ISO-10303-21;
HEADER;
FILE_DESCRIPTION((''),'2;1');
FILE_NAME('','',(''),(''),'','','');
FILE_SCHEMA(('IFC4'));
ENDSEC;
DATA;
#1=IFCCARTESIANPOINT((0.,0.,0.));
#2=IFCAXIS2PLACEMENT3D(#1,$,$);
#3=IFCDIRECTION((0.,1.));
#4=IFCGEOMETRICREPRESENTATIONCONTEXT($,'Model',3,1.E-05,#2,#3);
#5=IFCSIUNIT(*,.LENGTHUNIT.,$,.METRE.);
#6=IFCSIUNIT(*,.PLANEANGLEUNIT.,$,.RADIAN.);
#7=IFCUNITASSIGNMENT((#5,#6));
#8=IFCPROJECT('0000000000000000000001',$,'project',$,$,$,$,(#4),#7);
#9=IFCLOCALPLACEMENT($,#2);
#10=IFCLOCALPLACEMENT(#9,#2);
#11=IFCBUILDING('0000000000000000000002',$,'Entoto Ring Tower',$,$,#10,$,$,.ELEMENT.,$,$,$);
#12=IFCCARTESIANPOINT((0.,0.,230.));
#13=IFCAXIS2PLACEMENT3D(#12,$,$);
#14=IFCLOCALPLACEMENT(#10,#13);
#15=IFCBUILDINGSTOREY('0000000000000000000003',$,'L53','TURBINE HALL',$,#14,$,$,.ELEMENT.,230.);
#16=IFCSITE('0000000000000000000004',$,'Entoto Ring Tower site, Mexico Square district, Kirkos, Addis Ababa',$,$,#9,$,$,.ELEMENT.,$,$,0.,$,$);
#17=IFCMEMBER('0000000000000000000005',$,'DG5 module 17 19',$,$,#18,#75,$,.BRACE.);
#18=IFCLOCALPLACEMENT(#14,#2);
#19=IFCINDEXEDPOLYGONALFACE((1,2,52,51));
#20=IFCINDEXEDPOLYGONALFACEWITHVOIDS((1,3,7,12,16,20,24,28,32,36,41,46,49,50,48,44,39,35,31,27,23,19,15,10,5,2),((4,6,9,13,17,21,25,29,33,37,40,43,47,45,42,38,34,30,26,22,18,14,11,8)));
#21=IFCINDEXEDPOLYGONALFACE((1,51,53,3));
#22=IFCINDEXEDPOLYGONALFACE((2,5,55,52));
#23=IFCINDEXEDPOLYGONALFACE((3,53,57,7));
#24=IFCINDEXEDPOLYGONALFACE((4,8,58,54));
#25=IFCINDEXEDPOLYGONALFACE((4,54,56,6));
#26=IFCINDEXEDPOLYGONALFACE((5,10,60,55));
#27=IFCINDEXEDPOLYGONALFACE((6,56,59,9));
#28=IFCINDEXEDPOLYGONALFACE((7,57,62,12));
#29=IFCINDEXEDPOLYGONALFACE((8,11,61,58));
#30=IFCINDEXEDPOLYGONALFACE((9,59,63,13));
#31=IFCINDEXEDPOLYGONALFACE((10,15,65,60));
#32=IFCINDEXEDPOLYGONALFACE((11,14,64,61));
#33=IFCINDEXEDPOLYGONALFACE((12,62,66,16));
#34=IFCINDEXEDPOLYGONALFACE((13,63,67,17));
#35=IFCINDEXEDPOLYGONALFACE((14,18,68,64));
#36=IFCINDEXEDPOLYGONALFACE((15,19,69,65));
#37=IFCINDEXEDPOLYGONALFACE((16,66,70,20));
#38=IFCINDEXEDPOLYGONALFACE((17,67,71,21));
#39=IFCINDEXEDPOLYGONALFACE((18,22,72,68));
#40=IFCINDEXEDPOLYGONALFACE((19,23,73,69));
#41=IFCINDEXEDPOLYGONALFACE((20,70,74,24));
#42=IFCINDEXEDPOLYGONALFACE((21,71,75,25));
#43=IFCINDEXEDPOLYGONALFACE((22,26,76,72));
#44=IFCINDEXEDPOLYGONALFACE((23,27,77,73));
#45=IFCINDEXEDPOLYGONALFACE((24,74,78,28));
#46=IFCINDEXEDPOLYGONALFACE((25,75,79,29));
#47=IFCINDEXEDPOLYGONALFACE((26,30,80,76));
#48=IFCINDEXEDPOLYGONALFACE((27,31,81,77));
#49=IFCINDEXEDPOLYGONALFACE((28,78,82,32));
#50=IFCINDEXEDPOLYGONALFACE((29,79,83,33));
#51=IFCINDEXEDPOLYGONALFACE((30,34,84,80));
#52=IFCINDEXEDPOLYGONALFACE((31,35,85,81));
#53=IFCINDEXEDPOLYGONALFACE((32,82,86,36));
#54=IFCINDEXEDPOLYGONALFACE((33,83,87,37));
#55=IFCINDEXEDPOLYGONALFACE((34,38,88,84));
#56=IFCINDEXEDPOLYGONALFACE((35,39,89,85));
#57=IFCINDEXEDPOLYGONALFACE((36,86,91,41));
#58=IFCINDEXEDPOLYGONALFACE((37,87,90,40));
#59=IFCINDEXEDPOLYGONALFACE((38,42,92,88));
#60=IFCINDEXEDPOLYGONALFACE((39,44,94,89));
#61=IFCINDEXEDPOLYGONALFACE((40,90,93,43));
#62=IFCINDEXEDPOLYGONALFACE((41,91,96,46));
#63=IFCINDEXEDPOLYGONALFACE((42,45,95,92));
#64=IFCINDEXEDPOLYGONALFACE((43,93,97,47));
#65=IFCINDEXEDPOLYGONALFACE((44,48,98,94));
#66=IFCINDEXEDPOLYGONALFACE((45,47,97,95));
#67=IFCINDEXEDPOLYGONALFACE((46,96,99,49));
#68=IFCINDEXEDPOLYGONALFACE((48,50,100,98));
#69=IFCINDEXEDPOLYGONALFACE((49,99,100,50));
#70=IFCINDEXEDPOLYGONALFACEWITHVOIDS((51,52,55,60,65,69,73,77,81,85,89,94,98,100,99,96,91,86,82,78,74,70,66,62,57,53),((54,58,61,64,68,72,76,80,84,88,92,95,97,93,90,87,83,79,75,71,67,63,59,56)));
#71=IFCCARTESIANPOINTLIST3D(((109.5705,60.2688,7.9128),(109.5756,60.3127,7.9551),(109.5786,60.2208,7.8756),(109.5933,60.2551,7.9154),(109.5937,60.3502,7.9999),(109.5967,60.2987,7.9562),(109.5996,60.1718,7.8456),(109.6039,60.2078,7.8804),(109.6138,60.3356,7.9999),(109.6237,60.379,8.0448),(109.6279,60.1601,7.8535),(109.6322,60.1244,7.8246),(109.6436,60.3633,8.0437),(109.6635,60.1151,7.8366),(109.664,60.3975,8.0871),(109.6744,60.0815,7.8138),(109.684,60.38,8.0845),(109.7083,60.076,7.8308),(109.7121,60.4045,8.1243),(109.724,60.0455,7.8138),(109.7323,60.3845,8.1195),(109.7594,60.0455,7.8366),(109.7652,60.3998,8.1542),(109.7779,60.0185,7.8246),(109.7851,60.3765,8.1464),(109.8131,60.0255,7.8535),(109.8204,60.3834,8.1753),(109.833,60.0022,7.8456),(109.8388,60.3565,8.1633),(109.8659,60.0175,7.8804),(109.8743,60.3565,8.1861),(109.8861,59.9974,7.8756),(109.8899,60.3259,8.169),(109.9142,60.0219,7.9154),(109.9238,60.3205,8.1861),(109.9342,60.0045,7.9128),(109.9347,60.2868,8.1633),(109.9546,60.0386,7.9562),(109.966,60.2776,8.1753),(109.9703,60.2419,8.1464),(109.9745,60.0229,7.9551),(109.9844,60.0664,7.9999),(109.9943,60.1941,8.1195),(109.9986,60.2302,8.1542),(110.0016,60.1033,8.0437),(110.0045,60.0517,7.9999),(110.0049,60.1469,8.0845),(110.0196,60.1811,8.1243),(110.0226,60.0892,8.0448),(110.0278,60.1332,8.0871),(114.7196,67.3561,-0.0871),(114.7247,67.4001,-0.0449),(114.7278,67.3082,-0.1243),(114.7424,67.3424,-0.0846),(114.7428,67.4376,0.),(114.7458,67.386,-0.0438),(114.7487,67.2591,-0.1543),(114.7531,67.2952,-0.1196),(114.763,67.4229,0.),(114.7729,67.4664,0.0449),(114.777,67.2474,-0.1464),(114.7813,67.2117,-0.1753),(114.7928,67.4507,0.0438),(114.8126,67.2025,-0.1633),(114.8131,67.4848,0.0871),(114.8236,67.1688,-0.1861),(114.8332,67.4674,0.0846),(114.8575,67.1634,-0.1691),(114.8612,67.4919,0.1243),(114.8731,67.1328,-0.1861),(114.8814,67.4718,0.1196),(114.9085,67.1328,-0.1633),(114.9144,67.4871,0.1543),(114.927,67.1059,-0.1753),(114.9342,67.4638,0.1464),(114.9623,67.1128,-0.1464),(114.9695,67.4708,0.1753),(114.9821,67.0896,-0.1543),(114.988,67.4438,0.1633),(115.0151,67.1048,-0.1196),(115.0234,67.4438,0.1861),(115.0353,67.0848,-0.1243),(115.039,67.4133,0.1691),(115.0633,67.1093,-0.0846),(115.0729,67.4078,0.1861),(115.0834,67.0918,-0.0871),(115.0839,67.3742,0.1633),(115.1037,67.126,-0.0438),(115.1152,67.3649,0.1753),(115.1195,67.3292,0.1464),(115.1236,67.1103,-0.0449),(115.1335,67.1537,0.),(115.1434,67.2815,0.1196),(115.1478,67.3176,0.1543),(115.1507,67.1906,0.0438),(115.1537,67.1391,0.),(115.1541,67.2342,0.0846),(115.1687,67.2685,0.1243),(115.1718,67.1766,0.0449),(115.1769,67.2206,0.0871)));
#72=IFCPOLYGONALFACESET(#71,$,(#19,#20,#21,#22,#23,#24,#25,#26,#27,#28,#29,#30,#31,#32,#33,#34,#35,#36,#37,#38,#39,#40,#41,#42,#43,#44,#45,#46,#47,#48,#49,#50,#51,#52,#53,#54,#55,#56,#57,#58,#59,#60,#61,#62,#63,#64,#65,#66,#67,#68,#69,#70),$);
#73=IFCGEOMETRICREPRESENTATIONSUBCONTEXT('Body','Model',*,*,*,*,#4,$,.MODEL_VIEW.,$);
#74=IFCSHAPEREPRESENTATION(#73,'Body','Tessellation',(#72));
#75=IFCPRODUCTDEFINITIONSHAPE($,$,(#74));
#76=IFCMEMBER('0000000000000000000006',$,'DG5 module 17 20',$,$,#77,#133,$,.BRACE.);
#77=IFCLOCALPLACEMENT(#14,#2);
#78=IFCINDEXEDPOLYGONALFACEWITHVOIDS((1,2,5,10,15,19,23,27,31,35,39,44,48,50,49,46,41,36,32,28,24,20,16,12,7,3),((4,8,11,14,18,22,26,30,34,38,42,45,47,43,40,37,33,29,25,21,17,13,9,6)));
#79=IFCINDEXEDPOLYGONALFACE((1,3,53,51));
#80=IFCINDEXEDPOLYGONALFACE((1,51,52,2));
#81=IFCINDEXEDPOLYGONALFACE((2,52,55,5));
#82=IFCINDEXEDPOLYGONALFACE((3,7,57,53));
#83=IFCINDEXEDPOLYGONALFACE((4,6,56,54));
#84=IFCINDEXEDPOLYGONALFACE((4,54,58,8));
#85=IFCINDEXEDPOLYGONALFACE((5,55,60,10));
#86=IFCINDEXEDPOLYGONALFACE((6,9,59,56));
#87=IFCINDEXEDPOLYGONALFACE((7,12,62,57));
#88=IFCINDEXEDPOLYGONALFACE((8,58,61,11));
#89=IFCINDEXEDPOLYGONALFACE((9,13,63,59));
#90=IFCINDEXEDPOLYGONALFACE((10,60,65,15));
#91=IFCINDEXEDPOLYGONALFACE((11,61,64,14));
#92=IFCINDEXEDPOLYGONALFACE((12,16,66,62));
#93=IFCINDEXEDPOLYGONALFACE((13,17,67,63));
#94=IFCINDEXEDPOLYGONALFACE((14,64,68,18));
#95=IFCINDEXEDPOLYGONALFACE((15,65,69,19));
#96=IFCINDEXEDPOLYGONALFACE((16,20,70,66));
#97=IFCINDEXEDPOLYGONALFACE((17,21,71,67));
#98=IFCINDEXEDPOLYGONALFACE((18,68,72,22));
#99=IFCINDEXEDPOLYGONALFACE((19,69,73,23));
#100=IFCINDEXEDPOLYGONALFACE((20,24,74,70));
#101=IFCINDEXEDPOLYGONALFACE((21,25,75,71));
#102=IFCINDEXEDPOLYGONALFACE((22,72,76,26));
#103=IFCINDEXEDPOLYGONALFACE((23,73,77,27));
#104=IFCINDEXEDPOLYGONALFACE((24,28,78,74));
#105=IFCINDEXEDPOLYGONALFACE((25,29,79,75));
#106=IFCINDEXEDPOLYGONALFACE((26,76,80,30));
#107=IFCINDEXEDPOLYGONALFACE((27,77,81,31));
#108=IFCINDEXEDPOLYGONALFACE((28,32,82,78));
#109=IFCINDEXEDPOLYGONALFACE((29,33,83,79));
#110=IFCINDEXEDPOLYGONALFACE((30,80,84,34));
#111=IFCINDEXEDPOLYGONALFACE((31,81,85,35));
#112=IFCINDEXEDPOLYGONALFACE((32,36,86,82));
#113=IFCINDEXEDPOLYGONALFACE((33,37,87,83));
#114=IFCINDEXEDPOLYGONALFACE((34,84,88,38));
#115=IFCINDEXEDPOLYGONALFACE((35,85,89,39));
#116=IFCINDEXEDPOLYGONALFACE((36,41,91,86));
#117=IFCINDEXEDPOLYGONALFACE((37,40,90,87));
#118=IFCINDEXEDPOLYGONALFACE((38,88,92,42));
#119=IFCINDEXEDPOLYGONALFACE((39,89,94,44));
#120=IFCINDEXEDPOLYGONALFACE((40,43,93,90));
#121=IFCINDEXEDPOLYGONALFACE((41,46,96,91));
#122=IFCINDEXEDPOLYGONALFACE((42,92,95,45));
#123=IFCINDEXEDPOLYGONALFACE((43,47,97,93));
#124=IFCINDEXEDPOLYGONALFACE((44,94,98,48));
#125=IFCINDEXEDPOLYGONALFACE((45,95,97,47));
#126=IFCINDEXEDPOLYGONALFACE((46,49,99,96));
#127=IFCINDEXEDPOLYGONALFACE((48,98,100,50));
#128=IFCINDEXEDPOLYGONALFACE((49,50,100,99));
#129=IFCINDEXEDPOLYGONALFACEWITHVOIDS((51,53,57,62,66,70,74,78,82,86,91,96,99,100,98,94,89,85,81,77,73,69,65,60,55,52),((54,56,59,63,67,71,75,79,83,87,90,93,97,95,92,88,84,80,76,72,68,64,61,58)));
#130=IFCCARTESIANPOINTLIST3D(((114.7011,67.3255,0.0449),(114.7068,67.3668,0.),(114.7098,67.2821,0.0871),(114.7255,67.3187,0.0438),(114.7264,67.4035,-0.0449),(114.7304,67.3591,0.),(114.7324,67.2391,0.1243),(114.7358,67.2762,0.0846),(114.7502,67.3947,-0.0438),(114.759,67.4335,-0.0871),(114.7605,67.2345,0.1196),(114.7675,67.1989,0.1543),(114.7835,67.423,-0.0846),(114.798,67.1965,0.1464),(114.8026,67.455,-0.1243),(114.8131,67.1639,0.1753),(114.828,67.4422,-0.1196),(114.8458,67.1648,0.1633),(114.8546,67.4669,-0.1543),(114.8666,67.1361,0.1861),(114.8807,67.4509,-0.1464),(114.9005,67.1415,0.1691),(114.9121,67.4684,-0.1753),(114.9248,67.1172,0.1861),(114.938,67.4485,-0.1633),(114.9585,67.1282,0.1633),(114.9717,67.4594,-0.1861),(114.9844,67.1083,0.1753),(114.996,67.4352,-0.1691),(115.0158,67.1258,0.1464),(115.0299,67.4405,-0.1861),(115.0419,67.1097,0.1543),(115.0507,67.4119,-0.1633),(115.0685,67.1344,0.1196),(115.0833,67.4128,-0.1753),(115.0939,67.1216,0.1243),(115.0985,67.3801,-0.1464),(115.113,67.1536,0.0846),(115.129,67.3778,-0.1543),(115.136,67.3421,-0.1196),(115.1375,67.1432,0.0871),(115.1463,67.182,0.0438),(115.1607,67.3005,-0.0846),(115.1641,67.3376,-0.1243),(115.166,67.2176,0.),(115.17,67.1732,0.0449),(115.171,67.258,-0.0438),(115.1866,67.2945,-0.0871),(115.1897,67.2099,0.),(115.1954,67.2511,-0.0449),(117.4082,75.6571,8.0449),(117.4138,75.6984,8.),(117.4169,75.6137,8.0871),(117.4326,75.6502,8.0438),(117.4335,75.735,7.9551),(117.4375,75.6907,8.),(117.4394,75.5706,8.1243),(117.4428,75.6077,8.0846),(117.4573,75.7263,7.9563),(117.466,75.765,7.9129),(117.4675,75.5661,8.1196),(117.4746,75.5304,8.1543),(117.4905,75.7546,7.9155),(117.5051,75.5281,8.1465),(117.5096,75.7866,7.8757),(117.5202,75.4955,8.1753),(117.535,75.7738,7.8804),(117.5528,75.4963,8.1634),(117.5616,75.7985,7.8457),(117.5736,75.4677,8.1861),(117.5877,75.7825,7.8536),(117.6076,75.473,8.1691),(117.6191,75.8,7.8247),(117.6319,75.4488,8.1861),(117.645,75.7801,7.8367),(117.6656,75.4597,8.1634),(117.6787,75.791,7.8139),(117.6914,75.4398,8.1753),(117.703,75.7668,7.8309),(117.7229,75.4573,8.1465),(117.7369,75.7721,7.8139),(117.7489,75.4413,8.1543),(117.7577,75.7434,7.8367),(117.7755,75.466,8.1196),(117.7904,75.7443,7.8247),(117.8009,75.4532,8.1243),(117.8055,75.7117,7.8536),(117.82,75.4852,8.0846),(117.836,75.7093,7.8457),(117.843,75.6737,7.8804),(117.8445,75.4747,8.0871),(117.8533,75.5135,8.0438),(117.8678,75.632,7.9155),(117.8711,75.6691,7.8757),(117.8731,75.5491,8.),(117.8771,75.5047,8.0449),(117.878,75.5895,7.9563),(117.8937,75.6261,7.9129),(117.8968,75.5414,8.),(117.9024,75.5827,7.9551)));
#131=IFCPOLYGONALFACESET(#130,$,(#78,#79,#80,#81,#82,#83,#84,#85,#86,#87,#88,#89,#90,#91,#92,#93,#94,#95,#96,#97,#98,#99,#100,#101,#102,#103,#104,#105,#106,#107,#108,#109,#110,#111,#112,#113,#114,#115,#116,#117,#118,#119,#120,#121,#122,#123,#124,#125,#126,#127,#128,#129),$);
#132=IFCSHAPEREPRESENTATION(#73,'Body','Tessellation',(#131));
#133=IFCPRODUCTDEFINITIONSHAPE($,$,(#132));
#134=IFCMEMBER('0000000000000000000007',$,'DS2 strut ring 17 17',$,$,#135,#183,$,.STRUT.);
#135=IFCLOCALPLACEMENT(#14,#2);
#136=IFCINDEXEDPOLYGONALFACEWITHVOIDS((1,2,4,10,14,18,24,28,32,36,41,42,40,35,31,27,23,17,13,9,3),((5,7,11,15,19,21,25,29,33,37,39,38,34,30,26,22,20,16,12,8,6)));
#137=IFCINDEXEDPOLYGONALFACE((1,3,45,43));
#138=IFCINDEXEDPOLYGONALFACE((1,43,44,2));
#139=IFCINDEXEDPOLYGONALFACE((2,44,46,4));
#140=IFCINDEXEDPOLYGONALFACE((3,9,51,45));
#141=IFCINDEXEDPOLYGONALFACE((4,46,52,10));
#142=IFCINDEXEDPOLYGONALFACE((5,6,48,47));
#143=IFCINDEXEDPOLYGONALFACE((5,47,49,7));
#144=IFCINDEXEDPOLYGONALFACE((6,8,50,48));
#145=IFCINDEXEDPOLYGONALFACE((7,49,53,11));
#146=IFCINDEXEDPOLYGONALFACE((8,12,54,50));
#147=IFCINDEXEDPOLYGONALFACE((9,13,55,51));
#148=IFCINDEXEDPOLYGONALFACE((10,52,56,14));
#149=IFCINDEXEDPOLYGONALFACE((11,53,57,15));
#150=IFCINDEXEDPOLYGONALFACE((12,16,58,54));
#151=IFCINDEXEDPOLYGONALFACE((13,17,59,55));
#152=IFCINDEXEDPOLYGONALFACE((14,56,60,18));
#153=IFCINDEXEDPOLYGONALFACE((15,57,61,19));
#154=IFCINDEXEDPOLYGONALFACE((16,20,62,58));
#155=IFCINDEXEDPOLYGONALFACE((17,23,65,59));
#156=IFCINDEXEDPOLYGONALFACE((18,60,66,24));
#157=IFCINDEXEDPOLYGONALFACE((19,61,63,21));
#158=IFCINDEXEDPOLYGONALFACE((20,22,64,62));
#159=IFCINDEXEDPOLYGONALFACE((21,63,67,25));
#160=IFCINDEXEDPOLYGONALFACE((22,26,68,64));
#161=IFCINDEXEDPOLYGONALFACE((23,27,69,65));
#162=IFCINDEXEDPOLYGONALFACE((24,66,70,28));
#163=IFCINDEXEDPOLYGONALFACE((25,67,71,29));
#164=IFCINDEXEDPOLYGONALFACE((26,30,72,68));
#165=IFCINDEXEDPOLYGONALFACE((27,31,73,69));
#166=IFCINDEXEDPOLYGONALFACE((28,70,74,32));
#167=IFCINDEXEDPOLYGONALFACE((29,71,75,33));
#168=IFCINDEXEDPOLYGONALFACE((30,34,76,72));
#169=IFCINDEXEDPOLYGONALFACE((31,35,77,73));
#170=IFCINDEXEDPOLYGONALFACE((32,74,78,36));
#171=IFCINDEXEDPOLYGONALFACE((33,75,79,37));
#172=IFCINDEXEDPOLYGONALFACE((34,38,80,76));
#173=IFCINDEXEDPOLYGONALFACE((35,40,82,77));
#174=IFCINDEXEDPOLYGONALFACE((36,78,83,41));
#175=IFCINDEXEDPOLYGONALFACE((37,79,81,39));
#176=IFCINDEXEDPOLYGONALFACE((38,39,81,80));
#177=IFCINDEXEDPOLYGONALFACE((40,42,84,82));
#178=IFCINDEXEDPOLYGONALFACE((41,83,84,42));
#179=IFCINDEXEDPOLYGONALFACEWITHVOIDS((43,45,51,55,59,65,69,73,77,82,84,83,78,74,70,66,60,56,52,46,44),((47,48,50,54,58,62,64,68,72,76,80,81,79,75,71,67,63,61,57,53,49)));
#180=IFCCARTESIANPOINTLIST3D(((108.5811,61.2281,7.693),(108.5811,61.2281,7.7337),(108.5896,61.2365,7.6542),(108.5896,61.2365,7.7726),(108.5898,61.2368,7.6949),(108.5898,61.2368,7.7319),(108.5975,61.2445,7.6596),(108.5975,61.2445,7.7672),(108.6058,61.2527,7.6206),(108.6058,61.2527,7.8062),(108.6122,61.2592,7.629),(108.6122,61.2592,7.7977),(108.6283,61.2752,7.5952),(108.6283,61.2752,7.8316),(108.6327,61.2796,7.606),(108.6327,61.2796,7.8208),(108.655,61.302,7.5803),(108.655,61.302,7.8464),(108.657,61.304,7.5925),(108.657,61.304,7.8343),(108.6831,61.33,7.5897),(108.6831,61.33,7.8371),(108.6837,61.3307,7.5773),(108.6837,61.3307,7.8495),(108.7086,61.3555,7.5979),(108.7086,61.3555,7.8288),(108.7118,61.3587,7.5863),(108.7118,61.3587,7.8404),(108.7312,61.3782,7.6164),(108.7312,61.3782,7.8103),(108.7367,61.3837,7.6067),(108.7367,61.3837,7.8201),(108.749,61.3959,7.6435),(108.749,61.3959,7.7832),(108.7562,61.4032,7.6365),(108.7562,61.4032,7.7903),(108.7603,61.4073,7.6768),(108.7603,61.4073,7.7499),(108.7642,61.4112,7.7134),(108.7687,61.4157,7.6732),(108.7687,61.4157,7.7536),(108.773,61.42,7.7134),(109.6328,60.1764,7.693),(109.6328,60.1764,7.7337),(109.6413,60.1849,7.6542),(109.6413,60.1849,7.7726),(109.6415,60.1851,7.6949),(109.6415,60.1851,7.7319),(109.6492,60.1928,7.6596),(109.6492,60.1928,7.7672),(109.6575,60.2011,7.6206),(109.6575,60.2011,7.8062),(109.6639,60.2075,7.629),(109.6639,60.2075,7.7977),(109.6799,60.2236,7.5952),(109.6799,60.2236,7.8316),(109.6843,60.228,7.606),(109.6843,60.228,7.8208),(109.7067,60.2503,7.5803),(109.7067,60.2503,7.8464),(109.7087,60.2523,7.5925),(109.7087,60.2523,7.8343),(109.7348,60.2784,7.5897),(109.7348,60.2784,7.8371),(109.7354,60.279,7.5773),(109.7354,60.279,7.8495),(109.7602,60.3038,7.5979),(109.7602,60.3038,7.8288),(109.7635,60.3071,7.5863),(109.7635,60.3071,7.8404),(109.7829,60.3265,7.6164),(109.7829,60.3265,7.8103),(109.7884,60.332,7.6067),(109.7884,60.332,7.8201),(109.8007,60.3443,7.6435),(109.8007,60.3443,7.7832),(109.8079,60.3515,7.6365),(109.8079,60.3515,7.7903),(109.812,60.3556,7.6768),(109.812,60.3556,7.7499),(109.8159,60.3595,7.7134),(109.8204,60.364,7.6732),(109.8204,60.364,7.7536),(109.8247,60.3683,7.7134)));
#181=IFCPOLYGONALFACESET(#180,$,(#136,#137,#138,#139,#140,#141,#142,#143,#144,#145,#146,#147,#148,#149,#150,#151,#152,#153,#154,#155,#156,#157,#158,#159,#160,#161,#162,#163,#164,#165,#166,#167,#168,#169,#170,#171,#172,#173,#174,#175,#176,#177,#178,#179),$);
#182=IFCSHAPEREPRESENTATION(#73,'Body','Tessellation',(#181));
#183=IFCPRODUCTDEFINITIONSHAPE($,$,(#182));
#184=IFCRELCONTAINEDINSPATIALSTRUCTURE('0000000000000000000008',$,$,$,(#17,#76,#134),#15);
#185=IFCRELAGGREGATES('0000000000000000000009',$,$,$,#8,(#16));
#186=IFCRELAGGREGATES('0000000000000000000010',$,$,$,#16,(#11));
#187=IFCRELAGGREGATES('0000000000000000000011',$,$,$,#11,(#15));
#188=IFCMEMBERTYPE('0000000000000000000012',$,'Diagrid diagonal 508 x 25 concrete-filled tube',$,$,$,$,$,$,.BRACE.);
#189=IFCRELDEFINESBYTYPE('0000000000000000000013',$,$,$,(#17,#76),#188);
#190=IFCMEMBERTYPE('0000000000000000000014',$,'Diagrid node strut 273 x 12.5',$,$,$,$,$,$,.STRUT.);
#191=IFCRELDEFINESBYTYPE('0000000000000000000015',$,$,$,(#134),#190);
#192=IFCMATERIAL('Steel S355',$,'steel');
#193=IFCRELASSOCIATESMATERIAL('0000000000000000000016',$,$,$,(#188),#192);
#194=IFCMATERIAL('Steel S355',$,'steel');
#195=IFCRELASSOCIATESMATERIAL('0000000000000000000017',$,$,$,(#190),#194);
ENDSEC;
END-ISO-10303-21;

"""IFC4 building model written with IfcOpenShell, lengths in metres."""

from ifc_helpers import new_model, si_unit, direction, frame, origin, origin_2d, place, context, subcontext, project, spatial, circle, hollow_circle, extrude, material, material_profile, profile_set, type_object, element, save


model = new_model("IFC4")

# Units and contexts
model_context = context("Model", 3, precision=1e-05, world=origin(), true_north=direction((0.0, 1.0)))
body_context = subcontext(model_context, "Body", "Model", "MODEL_VIEW")
ifc_project = project(units=[si_unit("LENGTHUNIT", "METRE"), si_unit("PLANEANGLEUNIT", "RADIAN")], contexts=[model_context])

# Site, building, storey
site_placement = place(None, origin())
site = spatial("IfcSite", under=ifc_project, at=site_placement, Name="Entoto Ring Tower site, Mexico Square district, Kirkos, Addis Ababa", CompositionType="ELEMENT", RefElevation=0.0)
building_placement = place(site_placement, origin())
building = spatial("IfcBuilding", under=site, at=building_placement, Name="Entoto Ring Tower", CompositionType="ELEMENT")
storey_placement = place(building_placement, frame((0.0, 0.0, 230.0)))
storey = spatial("IfcBuildingStorey", under=building, at=storey_placement, Name="L53", Description="TURBINE HALL", CompositionType="ELEMENT", Elevation=230.0)

# Members
ifc_material_1 = material(Name="Steel S355", Category="steel")
ifc_material_profile_1 = material_profile(ifc_material_1, hollow_circle(Radius=0.2539, WallThickness=0.0249, at=origin_2d()), Name="CHS 508 x 25")
ifc_material_2 = material(Name="Concrete C60/75", Category="concrete")
ifc_material_profile_2 = material_profile(ifc_material_2, circle(Radius=0.229, at=origin_2d()), Name="Concrete C60/75 infill")
ifc_profile_set_1 = profile_set([ifc_material_profile_1, ifc_material_profile_2], Name="Steel S355")
member_type_1 = type_object("IfcMemberType", Name="Diagrid diagonal 508 x 25 concrete-filled tube", PredefinedType="BRACE", material=ifc_profile_set_1)
for number, where, z_axis, x_axis, name in (
    (1, (114.9482, 67.2883, 0.0), (-0.434031, -0.597407, 0.674331), (0.809024, -0.587776, 0.0), "DG5 module 17 19"),
    (2, (114.9482, 67.2883, 0.0), (0.228182, 0.702284, 0.674337), (-0.951058, 0.309012, 0.0), "DG5 module 17 20"),
):
    element("IfcMember", number, at=place(storey_placement, frame(where, z_axis=z_axis, x_axis=x_axis)), inside=storey, type_object=member_type_1, Name=name, PredefinedType="BRACE", context=body_context, shape_type="SweptSolid", body=[
        extrude(hollow_circle(Radius=0.2539, WallThickness=0.0249, at=origin_2d()), origin(), (0.0, 0.0, 1.0), 11.8635),
    ])
ifc_material_3 = material(Name="Steel S355", Category="steel")
ifc_material_profile_3 = material_profile(ifc_material_3, hollow_circle(Radius=0.1365, WallThickness=0.0125, at=origin_2d()), Name="CHS 273 x 12.5")
ifc_material_4 = material(Name="Concrete C60/75", Category="concrete")
ifc_material_profile_4 = material_profile(ifc_material_4, circle(Radius=0.124, at=origin_2d()), Name="Concrete C60/75 infill")
ifc_profile_set_2 = profile_set([ifc_material_profile_3, ifc_material_profile_4], Name="Steel S355")
member_type_2 = type_object("IfcMemberType", Name="Diagrid node strut 273 x 12.5", PredefinedType="STRUT", material=ifc_profile_set_2)
for number, where, z_axis, x_axis, name in (
    (3, (108.6765, 61.3235, 7.7134), (0.707107, -0.707107, 0.0), (0.707107, 0.707107, 0.0), "DS2 strut ring 17 17"),
):
    element("IfcMember", number, at=place(storey_placement, frame(where, z_axis=z_axis, x_axis=x_axis)), inside=storey, type_object=member_type_2, Name=name, PredefinedType="STRUT", context=body_context, shape_type="SweptSolid", body=[
        extrude(hollow_circle(Radius=0.1365, WallThickness=0.0125, at=origin_2d()), origin(), (0.0, 0.0, 1.0), 1.4873),
    ])

save(model, "model.ifc")
